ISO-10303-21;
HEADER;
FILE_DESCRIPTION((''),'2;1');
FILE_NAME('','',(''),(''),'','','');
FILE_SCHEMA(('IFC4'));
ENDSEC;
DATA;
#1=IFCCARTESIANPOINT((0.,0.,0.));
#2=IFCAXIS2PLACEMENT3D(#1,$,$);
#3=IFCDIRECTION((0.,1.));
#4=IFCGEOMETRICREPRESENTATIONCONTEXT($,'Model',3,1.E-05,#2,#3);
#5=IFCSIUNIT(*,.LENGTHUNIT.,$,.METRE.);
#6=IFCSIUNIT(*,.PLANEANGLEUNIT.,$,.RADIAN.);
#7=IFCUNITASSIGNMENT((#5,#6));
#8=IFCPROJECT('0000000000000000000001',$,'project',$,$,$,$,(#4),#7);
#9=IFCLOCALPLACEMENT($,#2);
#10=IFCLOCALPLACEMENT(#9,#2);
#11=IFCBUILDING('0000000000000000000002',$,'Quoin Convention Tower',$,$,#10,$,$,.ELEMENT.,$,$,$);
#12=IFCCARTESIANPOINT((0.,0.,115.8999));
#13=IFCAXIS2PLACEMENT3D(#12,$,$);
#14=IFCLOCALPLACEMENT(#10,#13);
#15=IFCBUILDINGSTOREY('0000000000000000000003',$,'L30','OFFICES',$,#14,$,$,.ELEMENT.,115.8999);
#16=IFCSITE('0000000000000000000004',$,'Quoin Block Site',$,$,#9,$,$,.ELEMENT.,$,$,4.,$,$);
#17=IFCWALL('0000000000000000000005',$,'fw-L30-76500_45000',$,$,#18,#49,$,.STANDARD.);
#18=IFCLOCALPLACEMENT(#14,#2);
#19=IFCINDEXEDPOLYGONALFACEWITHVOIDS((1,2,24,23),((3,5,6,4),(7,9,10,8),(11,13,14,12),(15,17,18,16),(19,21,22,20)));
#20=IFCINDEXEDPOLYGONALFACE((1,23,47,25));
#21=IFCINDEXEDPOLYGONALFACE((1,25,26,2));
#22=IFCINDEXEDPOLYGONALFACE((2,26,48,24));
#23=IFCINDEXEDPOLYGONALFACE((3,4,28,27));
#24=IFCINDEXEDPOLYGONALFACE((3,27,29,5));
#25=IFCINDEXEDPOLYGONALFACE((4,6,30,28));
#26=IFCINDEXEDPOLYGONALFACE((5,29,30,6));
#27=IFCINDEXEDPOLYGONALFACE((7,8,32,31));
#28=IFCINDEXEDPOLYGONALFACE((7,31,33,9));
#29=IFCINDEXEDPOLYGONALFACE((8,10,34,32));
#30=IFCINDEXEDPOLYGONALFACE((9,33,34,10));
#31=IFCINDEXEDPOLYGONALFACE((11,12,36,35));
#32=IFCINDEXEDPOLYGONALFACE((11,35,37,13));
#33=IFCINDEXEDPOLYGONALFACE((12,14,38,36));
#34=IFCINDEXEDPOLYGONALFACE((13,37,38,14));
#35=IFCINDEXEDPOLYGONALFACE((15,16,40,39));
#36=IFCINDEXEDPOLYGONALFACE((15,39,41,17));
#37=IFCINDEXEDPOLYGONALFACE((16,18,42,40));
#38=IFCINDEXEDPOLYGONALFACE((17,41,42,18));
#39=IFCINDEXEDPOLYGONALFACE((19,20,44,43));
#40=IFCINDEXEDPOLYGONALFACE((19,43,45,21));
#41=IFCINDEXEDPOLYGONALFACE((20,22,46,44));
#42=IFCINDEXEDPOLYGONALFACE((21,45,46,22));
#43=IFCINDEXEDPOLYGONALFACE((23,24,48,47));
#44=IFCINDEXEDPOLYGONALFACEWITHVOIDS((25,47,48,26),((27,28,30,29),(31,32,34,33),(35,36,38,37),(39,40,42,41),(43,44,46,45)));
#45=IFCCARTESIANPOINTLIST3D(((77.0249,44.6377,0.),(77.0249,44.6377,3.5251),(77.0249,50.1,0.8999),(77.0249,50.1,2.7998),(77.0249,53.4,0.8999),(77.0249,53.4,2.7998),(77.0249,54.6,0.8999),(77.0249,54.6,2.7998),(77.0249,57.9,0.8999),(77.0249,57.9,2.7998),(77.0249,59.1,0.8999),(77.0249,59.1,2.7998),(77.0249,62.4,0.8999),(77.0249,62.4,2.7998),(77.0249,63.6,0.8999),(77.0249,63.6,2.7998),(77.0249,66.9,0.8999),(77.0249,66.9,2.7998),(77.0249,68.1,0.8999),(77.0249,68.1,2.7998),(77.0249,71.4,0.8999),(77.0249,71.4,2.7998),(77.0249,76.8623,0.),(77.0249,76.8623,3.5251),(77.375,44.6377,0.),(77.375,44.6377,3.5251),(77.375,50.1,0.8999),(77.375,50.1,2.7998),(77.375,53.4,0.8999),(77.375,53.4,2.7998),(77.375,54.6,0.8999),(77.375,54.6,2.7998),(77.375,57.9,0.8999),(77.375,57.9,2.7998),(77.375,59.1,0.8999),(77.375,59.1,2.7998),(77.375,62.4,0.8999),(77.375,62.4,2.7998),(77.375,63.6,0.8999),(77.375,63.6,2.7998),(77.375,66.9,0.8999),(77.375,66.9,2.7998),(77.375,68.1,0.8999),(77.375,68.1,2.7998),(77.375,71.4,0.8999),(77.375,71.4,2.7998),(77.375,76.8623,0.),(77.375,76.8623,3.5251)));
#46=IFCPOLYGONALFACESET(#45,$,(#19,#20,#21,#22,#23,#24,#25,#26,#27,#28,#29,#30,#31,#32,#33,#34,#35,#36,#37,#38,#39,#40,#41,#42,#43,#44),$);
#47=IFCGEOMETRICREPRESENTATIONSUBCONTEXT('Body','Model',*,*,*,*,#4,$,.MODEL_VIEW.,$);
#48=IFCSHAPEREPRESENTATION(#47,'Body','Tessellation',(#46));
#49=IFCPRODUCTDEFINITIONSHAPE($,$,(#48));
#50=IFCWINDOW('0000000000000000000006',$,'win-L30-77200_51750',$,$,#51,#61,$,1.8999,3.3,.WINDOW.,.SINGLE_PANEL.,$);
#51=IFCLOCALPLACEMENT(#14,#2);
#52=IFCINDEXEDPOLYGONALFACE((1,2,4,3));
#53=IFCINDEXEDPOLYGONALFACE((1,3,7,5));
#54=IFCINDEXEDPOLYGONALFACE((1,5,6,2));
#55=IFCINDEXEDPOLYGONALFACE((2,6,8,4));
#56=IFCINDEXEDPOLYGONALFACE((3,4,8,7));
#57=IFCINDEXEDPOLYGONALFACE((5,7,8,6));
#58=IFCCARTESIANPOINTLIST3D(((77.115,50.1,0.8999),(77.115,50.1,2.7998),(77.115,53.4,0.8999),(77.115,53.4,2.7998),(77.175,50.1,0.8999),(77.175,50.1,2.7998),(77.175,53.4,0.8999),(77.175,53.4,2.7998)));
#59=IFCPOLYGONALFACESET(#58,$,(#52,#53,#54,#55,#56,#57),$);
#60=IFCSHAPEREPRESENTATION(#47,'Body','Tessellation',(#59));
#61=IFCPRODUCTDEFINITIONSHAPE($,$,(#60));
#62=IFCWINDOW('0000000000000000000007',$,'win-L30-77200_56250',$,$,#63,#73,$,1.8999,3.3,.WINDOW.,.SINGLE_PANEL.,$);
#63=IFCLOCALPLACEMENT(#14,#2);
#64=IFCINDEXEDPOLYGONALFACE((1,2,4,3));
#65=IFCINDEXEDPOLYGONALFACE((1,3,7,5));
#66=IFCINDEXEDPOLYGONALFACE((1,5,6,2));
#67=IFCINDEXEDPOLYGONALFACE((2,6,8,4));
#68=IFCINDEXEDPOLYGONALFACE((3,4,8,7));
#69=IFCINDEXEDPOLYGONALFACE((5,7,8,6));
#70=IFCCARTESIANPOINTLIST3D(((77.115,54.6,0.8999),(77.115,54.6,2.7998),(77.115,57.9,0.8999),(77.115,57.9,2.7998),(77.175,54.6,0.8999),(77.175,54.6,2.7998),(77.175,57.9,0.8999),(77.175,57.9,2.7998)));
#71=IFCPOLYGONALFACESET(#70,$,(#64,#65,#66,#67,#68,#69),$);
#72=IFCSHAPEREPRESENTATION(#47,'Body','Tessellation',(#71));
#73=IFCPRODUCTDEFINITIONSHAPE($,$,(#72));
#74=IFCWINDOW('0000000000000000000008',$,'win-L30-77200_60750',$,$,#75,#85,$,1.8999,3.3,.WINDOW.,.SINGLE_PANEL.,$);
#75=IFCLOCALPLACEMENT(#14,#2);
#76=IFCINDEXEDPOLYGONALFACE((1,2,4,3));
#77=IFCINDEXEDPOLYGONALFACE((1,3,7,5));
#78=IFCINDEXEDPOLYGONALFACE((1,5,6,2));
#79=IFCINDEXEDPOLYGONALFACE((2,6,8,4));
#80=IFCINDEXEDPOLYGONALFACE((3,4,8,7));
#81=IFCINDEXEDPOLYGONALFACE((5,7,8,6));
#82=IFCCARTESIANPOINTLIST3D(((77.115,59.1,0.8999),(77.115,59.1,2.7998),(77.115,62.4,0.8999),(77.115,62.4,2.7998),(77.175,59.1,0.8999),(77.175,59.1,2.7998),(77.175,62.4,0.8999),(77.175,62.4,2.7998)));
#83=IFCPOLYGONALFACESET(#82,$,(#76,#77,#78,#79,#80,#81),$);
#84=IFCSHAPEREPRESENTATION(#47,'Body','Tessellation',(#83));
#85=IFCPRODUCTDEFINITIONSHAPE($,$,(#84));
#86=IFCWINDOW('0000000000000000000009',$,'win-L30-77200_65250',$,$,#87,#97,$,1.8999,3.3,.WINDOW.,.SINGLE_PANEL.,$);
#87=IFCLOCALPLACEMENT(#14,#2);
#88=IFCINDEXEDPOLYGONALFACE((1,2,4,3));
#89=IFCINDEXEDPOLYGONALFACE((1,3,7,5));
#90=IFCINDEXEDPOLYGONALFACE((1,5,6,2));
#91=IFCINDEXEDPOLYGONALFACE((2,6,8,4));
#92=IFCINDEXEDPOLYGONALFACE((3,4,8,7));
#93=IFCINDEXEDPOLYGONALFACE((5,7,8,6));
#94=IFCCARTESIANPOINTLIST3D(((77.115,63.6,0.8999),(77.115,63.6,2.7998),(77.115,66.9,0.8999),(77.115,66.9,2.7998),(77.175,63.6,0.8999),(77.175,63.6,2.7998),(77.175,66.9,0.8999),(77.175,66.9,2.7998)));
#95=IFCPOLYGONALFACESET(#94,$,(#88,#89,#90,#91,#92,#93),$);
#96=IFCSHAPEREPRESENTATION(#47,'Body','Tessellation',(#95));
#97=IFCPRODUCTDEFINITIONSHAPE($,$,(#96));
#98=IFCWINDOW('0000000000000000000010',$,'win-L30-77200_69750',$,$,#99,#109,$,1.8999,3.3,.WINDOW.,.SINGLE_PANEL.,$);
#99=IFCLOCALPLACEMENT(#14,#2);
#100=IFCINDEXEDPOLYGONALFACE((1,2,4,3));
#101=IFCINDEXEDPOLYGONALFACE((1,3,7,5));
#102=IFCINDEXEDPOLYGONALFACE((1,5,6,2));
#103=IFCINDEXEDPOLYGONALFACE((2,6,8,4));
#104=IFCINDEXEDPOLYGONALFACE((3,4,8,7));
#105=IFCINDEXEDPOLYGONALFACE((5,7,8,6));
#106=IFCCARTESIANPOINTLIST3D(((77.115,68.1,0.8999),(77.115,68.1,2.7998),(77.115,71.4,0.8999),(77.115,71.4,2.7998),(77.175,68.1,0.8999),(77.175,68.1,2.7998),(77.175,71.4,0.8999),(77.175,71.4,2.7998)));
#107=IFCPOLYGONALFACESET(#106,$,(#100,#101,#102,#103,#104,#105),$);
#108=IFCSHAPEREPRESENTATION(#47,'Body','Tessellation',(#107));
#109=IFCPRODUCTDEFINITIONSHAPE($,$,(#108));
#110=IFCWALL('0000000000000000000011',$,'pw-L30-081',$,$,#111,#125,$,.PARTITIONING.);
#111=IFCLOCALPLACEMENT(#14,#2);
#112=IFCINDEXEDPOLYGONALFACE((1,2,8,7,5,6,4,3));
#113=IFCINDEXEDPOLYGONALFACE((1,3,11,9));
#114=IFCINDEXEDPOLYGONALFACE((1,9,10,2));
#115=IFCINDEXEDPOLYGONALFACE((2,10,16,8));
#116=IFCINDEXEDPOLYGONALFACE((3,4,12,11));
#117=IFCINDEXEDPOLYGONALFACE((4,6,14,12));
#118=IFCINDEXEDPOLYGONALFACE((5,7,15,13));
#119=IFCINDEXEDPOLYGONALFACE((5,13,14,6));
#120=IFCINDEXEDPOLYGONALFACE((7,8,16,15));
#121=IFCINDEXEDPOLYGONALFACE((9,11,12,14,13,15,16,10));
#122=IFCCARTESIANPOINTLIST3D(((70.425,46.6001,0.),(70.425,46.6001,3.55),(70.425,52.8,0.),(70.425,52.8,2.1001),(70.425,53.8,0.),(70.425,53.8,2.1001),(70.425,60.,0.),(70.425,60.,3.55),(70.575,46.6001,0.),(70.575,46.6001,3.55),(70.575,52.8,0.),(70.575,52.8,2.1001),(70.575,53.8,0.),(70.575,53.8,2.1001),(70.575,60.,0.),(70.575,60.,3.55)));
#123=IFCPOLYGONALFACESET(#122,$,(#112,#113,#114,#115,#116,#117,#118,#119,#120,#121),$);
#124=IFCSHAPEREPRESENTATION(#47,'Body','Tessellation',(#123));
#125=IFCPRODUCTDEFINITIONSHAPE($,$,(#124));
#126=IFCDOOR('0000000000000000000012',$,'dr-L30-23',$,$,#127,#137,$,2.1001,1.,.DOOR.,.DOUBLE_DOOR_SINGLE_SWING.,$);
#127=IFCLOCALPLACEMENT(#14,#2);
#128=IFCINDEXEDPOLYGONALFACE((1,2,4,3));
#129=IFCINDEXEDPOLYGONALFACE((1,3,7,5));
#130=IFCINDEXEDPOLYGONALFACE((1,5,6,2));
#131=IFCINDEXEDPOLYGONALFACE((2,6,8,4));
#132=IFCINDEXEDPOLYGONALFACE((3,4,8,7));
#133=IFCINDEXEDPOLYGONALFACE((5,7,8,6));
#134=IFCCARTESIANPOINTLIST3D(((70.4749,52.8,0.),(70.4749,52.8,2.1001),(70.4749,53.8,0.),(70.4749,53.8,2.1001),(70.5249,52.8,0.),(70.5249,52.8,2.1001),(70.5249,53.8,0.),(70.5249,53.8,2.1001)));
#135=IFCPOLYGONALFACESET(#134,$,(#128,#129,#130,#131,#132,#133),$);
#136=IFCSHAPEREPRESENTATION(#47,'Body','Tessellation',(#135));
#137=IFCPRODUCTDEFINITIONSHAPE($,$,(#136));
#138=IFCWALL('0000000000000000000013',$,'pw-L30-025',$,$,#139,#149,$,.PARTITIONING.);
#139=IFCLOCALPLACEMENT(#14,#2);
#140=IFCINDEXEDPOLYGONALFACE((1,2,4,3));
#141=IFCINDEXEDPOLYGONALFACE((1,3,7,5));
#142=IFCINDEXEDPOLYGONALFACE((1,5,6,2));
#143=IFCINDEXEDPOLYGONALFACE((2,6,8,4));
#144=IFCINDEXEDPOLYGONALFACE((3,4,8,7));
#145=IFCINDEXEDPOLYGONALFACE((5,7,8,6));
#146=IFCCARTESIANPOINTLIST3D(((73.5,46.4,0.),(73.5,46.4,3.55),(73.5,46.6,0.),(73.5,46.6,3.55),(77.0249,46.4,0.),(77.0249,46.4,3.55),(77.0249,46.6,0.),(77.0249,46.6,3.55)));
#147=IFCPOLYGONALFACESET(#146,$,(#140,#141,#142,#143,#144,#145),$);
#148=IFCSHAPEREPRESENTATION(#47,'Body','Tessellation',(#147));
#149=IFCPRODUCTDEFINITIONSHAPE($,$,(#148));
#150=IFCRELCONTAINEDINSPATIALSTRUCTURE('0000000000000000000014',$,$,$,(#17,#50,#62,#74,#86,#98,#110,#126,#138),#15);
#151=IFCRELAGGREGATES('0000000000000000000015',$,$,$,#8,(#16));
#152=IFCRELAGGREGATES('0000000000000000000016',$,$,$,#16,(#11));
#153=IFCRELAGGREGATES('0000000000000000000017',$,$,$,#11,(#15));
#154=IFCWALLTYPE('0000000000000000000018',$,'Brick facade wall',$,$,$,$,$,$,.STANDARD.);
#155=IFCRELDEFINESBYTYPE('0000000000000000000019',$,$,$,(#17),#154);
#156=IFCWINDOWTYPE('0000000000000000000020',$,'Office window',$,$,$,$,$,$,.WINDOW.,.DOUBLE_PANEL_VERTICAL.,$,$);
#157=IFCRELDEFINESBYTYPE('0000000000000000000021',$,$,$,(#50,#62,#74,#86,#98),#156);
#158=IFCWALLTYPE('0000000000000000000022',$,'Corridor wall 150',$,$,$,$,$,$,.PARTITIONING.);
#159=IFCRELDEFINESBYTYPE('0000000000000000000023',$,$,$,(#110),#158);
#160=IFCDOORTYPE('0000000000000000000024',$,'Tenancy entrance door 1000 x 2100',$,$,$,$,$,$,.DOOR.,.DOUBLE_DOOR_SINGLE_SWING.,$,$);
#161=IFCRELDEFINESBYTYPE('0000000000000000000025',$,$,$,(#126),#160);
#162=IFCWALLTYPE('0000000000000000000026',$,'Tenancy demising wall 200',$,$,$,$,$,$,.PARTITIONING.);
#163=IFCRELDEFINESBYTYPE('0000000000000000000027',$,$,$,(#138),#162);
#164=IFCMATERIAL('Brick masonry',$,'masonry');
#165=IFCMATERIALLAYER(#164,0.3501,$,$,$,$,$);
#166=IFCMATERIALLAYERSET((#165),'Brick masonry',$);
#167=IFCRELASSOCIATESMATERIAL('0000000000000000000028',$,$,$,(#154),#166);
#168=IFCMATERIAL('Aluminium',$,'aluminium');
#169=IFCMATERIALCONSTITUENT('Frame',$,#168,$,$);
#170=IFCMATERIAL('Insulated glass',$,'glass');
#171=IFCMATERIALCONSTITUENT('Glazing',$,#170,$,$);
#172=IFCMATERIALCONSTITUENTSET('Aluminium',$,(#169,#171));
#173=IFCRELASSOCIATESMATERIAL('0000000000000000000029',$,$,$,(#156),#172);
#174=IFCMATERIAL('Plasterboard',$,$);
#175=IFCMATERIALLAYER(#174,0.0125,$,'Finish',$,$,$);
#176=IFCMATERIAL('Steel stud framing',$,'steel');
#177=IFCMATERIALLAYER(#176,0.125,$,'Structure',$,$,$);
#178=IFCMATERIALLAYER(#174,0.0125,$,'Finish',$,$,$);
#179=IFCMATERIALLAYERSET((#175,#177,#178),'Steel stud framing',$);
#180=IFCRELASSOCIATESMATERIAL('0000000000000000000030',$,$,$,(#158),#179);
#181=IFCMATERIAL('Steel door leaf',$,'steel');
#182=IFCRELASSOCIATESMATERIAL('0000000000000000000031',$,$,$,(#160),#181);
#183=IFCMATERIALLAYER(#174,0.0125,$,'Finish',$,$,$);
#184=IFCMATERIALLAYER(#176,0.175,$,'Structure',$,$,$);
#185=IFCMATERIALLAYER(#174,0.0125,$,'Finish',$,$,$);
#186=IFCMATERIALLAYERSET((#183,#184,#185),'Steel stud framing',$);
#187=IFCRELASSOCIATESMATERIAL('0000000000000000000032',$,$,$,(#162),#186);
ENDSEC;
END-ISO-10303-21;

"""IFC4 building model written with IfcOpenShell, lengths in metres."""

from ifc_helpers import new_model, si_unit, direction, frame, frame_2d, origin, place, context, subcontext, project, spatial, rectangle, extrude, material, layer, layer_set, constituent, constituent_set, type_object, element, fill, save


model = new_model("IFC4")

# Units and contexts
model_context = context("Model", 3, precision=1e-05, world=origin(), true_north=direction((0.0, 1.0)))
body_context = subcontext(model_context, "Body", "Model", "MODEL_VIEW")
ifc_project = project(units=[si_unit("LENGTHUNIT", "METRE"), si_unit("PLANEANGLEUNIT", "RADIAN")], contexts=[model_context])

# Site, building, storey
site_placement = place(None, origin())
site = spatial("IfcSite", under=ifc_project, at=site_placement, Name="Quoin Block Site", CompositionType="ELEMENT", RefElevation=4.0)
building_placement = place(site_placement, origin())
building = spatial("IfcBuilding", under=site, at=building_placement, Name="Quoin Convention Tower", CompositionType="ELEMENT")
storey_placement = place(building_placement, frame((0.0, 0.0, 115.8999)))
storey = spatial("IfcBuildingStorey", under=building, at=storey_placement, Name="L30", Description="OFFICES", CompositionType="ELEMENT", Elevation=115.8999)

# Shared definitions
ifc_material_1 = material(Name="Plasterboard")
ifc_material_2 = material(Name="Steel stud framing", Category="steel")
ifc_material_3 = material(Name="Steel door leaf", Category="steel")

# Wall, openings, windows
ifc_material_4 = material(Name="Brick masonry", Category="masonry")
ifc_layer_1 = layer(ifc_material_4, 0.3501)
ifc_layer_set_1 = layer_set([ifc_layer_1], Name="Brick masonry")
wall_type_1 = type_object("IfcWallType", Name="Brick facade wall", PredefinedType="STANDARD", material=ifc_layer_set_1)
wall_1_placement = place(storey_placement, frame((77.2, 44.6377, 0.0), z_axis=(0.0, 0.0, 1.0), x_axis=(0.0, 1.0, 0.0)))
wall_1 = element("IfcWall", 1, at=wall_1_placement, inside=storey, type_object=wall_type_1, Name="fw-L30-76500_45000", PredefinedType="STANDARD", context=body_context, shape_type="SweptSolid", body=[
    extrude(rectangle(XDim=32.2246, YDim=0.3501, at=frame_2d((16.1123, 0.0))), origin(), (0.0, 0.0, 1.0), 3.5251),
])
opening_1_placement = place(wall_1_placement, frame((5.4624, 0.0, 0.8999)))
opening_1 = element("IfcOpeningElement", 2, at=opening_1_placement, cuts=wall_1, PredefinedType="OPENING", context=body_context, shape_type="SweptSolid", body=[
    extrude(rectangle(XDim=3.3, YDim=1.8999, at=frame_2d((1.6499, 0.95))), frame((0.0, 0.1851, 0.0), z_axis=(0.0, -1.0, 0.0), x_axis=(1.0, 0.0, 0.0)), (0.0, 0.0, 1.0), 0.3701),
])
opening_2_placement = place(wall_1_placement, frame((9.9624, 0.0, 0.8999)))
opening_2 = element("IfcOpeningElement", 3, at=opening_2_placement, cuts=wall_1, PredefinedType="OPENING", context=body_context, shape_type="SweptSolid", body=[
    extrude(rectangle(XDim=3.3, YDim=1.8999, at=frame_2d((1.6499, 0.95))), frame((0.0, 0.1851, 0.0), z_axis=(0.0, -1.0, 0.0), x_axis=(1.0, 0.0, 0.0)), (0.0, 0.0, 1.0), 0.3701),
])
opening_3_placement = place(wall_1_placement, frame((14.4624, 0.0, 0.8999)))
opening_3 = element("IfcOpeningElement", 4, at=opening_3_placement, cuts=wall_1, PredefinedType="OPENING", context=body_context, shape_type="SweptSolid", body=[
    extrude(rectangle(XDim=3.3, YDim=1.8999, at=frame_2d((1.6499, 0.95))), frame((0.0, 0.1851, 0.0), z_axis=(0.0, -1.0, 0.0), x_axis=(1.0, 0.0, 0.0)), (0.0, 0.0, 1.0), 0.3701),
])
opening_4_placement = place(wall_1_placement, frame((18.9624, 0.0, 0.8999)))
opening_4 = element("IfcOpeningElement", 5, at=opening_4_placement, cuts=wall_1, PredefinedType="OPENING", context=body_context, shape_type="SweptSolid", body=[
    extrude(rectangle(XDim=3.3, YDim=1.8999, at=frame_2d((1.6499, 0.95))), frame((0.0, 0.1851, 0.0), z_axis=(0.0, -1.0, 0.0), x_axis=(1.0, 0.0, 0.0)), (0.0, 0.0, 1.0), 0.3701),
])
opening_5_placement = place(wall_1_placement, frame((23.4624, 0.0, 0.8999)))
opening_5 = element("IfcOpeningElement", 6, at=opening_5_placement, cuts=wall_1, PredefinedType="OPENING", context=body_context, shape_type="SweptSolid", body=[
    extrude(rectangle(XDim=3.3, YDim=1.8999, at=frame_2d((1.6499, 0.95))), frame((0.0, 0.1851, 0.0), z_axis=(0.0, -1.0, 0.0), x_axis=(1.0, 0.0, 0.0)), (0.0, 0.0, 1.0), 0.3701),
])
ifc_material_5 = material(Name="Aluminium", Category="aluminium")
ifc_constituent_1 = constituent(ifc_material_5, Name="Frame")
ifc_material_6 = material(Name="Insulated glass", Category="glass")
ifc_constituent_2 = constituent(ifc_material_6, Name="Glazing")
ifc_constituent_set = constituent_set(constituents=[ifc_constituent_1, ifc_constituent_2], Name="Aluminium")
window_type = type_object("IfcWindowType", Name="Office window", PartitioningType="DOUBLE_PANEL_VERTICAL", PredefinedType="WINDOW", material=ifc_constituent_set)
window_1_placement = place(opening_1_placement, origin())
window_1 = element("IfcWindow", 7, at=window_1_placement, inside=storey, type_object=window_type, Name="win-L30-77200_51750", OverallHeight=1.8999, OverallWidth=3.3, PartitioningType="SINGLE_PANEL", PredefinedType="WINDOW", context=body_context, shape_type="SweptSolid", body=[
    extrude(rectangle(XDim=3.3, YDim=1.8999, at=frame_2d((1.6499, 0.95))), frame((0.0, 0.085, 0.0), z_axis=(0.0, -1.0, 0.0), x_axis=(1.0, 0.0, 0.0)), (0.0, 0.0, 1.0), 0.0601),
])
fill(opening_1, window_1)
window_2_placement = place(opening_2_placement, origin())
window_2 = element("IfcWindow", 8, at=window_2_placement, inside=storey, type_object=window_type, Name="win-L30-77200_56250", OverallHeight=1.8999, OverallWidth=3.3, PartitioningType="SINGLE_PANEL", PredefinedType="WINDOW", context=body_context, shape_type="SweptSolid", body=[
    extrude(rectangle(XDim=3.3, YDim=1.8999, at=frame_2d((1.6499, 0.95))), frame((0.0, 0.085, 0.0), z_axis=(0.0, -1.0, 0.0), x_axis=(1.0, 0.0, 0.0)), (0.0, 0.0, 1.0), 0.0601),
])
fill(opening_2, window_2)
window_3_placement = place(opening_3_placement, origin())
window_3 = element("IfcWindow", 9, at=window_3_placement, inside=storey, type_object=window_type, Name="win-L30-77200_60750", OverallHeight=1.8999, OverallWidth=3.3, PartitioningType="SINGLE_PANEL", PredefinedType="WINDOW", context=body_context, shape_type="SweptSolid", body=[
    extrude(rectangle(XDim=3.3, YDim=1.8999, at=frame_2d((1.6499, 0.95))), frame((0.0, 0.085, 0.0), z_axis=(0.0, -1.0, 0.0), x_axis=(1.0, 0.0, 0.0)), (0.0, 0.0, 1.0), 0.0601),
])
fill(opening_3, window_3)
window_4_placement = place(opening_4_placement, origin())
window_4 = element("IfcWindow", 10, at=window_4_placement, inside=storey, type_object=window_type, Name="win-L30-77200_65250", OverallHeight=1.8999, OverallWidth=3.3, PartitioningType="SINGLE_PANEL", PredefinedType="WINDOW", context=body_context, shape_type="SweptSolid", body=[
    extrude(rectangle(XDim=3.3, YDim=1.8999, at=frame_2d((1.6499, 0.95))), frame((0.0, 0.085, 0.0), z_axis=(0.0, -1.0, 0.0), x_axis=(1.0, 0.0, 0.0)), (0.0, 0.0, 1.0), 0.0601),
])
fill(opening_4, window_4)
window_5_placement = place(opening_5_placement, origin())
window_5 = element("IfcWindow", 11, at=window_5_placement, inside=storey, type_object=window_type, Name="win-L30-77200_69750", OverallHeight=1.8999, OverallWidth=3.3, PartitioningType="SINGLE_PANEL", PredefinedType="WINDOW", context=body_context, shape_type="SweptSolid", body=[
    extrude(rectangle(XDim=3.3, YDim=1.8999, at=frame_2d((1.6499, 0.95))), frame((0.0, 0.085, 0.0), z_axis=(0.0, -1.0, 0.0), x_axis=(1.0, 0.0, 0.0)), (0.0, 0.0, 1.0), 0.0601),
])
fill(opening_5, window_5)

# Wall, opening, door
ifc_layer_2 = layer(ifc_material_1, 0.0125, Name="Finish")
ifc_layer_3 = layer(ifc_material_2, 0.125, Name="Structure")
ifc_layer_4 = layer(ifc_material_1, 0.0125, Name="Finish")
ifc_layer_set_2 = layer_set([ifc_layer_2, ifc_layer_3, ifc_layer_4], Name="Steel stud framing")
wall_type_2 = type_object("IfcWallType", Name="Corridor wall 150", PredefinedType="PARTITIONING", material=ifc_layer_set_2)
wall_2_placement = place(storey_placement, frame((70.5, 46.6001, 0.0), z_axis=(0.0, 0.0, 1.0), x_axis=(0.0, 1.0, 0.0)))
wall_2 = element("IfcWall", 12, at=wall_2_placement, inside=storey, type_object=wall_type_2, Name="pw-L30-081", PredefinedType="PARTITIONING", context=body_context, shape_type="SweptSolid", body=[
    extrude(rectangle(XDim=13.3999, YDim=0.1499, at=frame_2d((6.7, 0.0))), origin(), (0.0, 0.0, 1.0), 3.55),
])
opening_6_placement = place(wall_2_placement, frame((6.2, 0.0, 0.0)))
opening_6 = element("IfcOpeningElement", 13, at=opening_6_placement, cuts=wall_2, PredefinedType="OPENING", context=body_context, shape_type="SweptSolid", body=[
    extrude(rectangle(XDim=1.0, YDim=2.1001, at=frame_2d((0.5, 1.05))), frame((0.0, 0.085, 0.0), z_axis=(0.0, -1.0, 0.0), x_axis=(1.0, 0.0, 0.0)), (0.0, 0.0, 1.0), 0.1699),
])
door_type_1 = type_object("IfcDoorType", Name="Tenancy entrance door 1000 x 2100", OperationType="DOUBLE_DOOR_SINGLE_SWING", PredefinedType="DOOR", material=ifc_material_3)
door_1_placement = place(opening_6_placement, frame((1.0, 0.0, 0.0), z_axis=(0.0, 0.0, 1.0), x_axis=(-1.0, 0.0, 0.0)))
door_1 = element("IfcDoor", 14, at=door_1_placement, inside=storey, type_object=door_type_1, Name="dr-L30-23", OperationType="DOUBLE_DOOR_SINGLE_SWING", OverallHeight=2.1001, OverallWidth=1.0, PredefinedType="DOOR", context=body_context, shape_type="SweptSolid", body=[
    extrude(rectangle(XDim=1.0, YDim=2.1001, at=frame_2d((0.5, 1.05))), frame((0.0, 0.0249, 0.0), z_axis=(0.0, -1.0, 0.0), x_axis=(1.0, 0.0, 0.0)), (0.0, 0.0, 1.0), 0.05),
])
fill(opening_6, door_1)

# Wall
ifc_layer_5 = layer(ifc_material_1, 0.0125, Name="Finish")
ifc_layer_6 = layer(ifc_material_2, 0.175, Name="Structure")
ifc_layer_7 = layer(ifc_material_1, 0.0125, Name="Finish")
ifc_layer_set_3 = layer_set([ifc_layer_5, ifc_layer_6, ifc_layer_7], Name="Steel stud framing")
wall_type_3 = type_object("IfcWallType", Name="Tenancy demising wall 200", PredefinedType="PARTITIONING", material=ifc_layer_set_3)
wall_3_placement = place(storey_placement, frame((73.5, 46.5, 0.0), z_axis=(0.0, 0.0, 1.0), x_axis=(1.0, 0.0, 0.0)))
element("IfcWall", 15, at=wall_3_placement, inside=storey, type_object=wall_type_3, Name="pw-L30-025", PredefinedType="PARTITIONING", context=body_context, shape_type="SweptSolid", body=[
    extrude(rectangle(XDim=3.5249, YDim=0.2, at=frame_2d((1.7625, 0.0))), origin(), (0.0, 0.0, 1.0), 3.55),
])

save(model, "model.ifc")
